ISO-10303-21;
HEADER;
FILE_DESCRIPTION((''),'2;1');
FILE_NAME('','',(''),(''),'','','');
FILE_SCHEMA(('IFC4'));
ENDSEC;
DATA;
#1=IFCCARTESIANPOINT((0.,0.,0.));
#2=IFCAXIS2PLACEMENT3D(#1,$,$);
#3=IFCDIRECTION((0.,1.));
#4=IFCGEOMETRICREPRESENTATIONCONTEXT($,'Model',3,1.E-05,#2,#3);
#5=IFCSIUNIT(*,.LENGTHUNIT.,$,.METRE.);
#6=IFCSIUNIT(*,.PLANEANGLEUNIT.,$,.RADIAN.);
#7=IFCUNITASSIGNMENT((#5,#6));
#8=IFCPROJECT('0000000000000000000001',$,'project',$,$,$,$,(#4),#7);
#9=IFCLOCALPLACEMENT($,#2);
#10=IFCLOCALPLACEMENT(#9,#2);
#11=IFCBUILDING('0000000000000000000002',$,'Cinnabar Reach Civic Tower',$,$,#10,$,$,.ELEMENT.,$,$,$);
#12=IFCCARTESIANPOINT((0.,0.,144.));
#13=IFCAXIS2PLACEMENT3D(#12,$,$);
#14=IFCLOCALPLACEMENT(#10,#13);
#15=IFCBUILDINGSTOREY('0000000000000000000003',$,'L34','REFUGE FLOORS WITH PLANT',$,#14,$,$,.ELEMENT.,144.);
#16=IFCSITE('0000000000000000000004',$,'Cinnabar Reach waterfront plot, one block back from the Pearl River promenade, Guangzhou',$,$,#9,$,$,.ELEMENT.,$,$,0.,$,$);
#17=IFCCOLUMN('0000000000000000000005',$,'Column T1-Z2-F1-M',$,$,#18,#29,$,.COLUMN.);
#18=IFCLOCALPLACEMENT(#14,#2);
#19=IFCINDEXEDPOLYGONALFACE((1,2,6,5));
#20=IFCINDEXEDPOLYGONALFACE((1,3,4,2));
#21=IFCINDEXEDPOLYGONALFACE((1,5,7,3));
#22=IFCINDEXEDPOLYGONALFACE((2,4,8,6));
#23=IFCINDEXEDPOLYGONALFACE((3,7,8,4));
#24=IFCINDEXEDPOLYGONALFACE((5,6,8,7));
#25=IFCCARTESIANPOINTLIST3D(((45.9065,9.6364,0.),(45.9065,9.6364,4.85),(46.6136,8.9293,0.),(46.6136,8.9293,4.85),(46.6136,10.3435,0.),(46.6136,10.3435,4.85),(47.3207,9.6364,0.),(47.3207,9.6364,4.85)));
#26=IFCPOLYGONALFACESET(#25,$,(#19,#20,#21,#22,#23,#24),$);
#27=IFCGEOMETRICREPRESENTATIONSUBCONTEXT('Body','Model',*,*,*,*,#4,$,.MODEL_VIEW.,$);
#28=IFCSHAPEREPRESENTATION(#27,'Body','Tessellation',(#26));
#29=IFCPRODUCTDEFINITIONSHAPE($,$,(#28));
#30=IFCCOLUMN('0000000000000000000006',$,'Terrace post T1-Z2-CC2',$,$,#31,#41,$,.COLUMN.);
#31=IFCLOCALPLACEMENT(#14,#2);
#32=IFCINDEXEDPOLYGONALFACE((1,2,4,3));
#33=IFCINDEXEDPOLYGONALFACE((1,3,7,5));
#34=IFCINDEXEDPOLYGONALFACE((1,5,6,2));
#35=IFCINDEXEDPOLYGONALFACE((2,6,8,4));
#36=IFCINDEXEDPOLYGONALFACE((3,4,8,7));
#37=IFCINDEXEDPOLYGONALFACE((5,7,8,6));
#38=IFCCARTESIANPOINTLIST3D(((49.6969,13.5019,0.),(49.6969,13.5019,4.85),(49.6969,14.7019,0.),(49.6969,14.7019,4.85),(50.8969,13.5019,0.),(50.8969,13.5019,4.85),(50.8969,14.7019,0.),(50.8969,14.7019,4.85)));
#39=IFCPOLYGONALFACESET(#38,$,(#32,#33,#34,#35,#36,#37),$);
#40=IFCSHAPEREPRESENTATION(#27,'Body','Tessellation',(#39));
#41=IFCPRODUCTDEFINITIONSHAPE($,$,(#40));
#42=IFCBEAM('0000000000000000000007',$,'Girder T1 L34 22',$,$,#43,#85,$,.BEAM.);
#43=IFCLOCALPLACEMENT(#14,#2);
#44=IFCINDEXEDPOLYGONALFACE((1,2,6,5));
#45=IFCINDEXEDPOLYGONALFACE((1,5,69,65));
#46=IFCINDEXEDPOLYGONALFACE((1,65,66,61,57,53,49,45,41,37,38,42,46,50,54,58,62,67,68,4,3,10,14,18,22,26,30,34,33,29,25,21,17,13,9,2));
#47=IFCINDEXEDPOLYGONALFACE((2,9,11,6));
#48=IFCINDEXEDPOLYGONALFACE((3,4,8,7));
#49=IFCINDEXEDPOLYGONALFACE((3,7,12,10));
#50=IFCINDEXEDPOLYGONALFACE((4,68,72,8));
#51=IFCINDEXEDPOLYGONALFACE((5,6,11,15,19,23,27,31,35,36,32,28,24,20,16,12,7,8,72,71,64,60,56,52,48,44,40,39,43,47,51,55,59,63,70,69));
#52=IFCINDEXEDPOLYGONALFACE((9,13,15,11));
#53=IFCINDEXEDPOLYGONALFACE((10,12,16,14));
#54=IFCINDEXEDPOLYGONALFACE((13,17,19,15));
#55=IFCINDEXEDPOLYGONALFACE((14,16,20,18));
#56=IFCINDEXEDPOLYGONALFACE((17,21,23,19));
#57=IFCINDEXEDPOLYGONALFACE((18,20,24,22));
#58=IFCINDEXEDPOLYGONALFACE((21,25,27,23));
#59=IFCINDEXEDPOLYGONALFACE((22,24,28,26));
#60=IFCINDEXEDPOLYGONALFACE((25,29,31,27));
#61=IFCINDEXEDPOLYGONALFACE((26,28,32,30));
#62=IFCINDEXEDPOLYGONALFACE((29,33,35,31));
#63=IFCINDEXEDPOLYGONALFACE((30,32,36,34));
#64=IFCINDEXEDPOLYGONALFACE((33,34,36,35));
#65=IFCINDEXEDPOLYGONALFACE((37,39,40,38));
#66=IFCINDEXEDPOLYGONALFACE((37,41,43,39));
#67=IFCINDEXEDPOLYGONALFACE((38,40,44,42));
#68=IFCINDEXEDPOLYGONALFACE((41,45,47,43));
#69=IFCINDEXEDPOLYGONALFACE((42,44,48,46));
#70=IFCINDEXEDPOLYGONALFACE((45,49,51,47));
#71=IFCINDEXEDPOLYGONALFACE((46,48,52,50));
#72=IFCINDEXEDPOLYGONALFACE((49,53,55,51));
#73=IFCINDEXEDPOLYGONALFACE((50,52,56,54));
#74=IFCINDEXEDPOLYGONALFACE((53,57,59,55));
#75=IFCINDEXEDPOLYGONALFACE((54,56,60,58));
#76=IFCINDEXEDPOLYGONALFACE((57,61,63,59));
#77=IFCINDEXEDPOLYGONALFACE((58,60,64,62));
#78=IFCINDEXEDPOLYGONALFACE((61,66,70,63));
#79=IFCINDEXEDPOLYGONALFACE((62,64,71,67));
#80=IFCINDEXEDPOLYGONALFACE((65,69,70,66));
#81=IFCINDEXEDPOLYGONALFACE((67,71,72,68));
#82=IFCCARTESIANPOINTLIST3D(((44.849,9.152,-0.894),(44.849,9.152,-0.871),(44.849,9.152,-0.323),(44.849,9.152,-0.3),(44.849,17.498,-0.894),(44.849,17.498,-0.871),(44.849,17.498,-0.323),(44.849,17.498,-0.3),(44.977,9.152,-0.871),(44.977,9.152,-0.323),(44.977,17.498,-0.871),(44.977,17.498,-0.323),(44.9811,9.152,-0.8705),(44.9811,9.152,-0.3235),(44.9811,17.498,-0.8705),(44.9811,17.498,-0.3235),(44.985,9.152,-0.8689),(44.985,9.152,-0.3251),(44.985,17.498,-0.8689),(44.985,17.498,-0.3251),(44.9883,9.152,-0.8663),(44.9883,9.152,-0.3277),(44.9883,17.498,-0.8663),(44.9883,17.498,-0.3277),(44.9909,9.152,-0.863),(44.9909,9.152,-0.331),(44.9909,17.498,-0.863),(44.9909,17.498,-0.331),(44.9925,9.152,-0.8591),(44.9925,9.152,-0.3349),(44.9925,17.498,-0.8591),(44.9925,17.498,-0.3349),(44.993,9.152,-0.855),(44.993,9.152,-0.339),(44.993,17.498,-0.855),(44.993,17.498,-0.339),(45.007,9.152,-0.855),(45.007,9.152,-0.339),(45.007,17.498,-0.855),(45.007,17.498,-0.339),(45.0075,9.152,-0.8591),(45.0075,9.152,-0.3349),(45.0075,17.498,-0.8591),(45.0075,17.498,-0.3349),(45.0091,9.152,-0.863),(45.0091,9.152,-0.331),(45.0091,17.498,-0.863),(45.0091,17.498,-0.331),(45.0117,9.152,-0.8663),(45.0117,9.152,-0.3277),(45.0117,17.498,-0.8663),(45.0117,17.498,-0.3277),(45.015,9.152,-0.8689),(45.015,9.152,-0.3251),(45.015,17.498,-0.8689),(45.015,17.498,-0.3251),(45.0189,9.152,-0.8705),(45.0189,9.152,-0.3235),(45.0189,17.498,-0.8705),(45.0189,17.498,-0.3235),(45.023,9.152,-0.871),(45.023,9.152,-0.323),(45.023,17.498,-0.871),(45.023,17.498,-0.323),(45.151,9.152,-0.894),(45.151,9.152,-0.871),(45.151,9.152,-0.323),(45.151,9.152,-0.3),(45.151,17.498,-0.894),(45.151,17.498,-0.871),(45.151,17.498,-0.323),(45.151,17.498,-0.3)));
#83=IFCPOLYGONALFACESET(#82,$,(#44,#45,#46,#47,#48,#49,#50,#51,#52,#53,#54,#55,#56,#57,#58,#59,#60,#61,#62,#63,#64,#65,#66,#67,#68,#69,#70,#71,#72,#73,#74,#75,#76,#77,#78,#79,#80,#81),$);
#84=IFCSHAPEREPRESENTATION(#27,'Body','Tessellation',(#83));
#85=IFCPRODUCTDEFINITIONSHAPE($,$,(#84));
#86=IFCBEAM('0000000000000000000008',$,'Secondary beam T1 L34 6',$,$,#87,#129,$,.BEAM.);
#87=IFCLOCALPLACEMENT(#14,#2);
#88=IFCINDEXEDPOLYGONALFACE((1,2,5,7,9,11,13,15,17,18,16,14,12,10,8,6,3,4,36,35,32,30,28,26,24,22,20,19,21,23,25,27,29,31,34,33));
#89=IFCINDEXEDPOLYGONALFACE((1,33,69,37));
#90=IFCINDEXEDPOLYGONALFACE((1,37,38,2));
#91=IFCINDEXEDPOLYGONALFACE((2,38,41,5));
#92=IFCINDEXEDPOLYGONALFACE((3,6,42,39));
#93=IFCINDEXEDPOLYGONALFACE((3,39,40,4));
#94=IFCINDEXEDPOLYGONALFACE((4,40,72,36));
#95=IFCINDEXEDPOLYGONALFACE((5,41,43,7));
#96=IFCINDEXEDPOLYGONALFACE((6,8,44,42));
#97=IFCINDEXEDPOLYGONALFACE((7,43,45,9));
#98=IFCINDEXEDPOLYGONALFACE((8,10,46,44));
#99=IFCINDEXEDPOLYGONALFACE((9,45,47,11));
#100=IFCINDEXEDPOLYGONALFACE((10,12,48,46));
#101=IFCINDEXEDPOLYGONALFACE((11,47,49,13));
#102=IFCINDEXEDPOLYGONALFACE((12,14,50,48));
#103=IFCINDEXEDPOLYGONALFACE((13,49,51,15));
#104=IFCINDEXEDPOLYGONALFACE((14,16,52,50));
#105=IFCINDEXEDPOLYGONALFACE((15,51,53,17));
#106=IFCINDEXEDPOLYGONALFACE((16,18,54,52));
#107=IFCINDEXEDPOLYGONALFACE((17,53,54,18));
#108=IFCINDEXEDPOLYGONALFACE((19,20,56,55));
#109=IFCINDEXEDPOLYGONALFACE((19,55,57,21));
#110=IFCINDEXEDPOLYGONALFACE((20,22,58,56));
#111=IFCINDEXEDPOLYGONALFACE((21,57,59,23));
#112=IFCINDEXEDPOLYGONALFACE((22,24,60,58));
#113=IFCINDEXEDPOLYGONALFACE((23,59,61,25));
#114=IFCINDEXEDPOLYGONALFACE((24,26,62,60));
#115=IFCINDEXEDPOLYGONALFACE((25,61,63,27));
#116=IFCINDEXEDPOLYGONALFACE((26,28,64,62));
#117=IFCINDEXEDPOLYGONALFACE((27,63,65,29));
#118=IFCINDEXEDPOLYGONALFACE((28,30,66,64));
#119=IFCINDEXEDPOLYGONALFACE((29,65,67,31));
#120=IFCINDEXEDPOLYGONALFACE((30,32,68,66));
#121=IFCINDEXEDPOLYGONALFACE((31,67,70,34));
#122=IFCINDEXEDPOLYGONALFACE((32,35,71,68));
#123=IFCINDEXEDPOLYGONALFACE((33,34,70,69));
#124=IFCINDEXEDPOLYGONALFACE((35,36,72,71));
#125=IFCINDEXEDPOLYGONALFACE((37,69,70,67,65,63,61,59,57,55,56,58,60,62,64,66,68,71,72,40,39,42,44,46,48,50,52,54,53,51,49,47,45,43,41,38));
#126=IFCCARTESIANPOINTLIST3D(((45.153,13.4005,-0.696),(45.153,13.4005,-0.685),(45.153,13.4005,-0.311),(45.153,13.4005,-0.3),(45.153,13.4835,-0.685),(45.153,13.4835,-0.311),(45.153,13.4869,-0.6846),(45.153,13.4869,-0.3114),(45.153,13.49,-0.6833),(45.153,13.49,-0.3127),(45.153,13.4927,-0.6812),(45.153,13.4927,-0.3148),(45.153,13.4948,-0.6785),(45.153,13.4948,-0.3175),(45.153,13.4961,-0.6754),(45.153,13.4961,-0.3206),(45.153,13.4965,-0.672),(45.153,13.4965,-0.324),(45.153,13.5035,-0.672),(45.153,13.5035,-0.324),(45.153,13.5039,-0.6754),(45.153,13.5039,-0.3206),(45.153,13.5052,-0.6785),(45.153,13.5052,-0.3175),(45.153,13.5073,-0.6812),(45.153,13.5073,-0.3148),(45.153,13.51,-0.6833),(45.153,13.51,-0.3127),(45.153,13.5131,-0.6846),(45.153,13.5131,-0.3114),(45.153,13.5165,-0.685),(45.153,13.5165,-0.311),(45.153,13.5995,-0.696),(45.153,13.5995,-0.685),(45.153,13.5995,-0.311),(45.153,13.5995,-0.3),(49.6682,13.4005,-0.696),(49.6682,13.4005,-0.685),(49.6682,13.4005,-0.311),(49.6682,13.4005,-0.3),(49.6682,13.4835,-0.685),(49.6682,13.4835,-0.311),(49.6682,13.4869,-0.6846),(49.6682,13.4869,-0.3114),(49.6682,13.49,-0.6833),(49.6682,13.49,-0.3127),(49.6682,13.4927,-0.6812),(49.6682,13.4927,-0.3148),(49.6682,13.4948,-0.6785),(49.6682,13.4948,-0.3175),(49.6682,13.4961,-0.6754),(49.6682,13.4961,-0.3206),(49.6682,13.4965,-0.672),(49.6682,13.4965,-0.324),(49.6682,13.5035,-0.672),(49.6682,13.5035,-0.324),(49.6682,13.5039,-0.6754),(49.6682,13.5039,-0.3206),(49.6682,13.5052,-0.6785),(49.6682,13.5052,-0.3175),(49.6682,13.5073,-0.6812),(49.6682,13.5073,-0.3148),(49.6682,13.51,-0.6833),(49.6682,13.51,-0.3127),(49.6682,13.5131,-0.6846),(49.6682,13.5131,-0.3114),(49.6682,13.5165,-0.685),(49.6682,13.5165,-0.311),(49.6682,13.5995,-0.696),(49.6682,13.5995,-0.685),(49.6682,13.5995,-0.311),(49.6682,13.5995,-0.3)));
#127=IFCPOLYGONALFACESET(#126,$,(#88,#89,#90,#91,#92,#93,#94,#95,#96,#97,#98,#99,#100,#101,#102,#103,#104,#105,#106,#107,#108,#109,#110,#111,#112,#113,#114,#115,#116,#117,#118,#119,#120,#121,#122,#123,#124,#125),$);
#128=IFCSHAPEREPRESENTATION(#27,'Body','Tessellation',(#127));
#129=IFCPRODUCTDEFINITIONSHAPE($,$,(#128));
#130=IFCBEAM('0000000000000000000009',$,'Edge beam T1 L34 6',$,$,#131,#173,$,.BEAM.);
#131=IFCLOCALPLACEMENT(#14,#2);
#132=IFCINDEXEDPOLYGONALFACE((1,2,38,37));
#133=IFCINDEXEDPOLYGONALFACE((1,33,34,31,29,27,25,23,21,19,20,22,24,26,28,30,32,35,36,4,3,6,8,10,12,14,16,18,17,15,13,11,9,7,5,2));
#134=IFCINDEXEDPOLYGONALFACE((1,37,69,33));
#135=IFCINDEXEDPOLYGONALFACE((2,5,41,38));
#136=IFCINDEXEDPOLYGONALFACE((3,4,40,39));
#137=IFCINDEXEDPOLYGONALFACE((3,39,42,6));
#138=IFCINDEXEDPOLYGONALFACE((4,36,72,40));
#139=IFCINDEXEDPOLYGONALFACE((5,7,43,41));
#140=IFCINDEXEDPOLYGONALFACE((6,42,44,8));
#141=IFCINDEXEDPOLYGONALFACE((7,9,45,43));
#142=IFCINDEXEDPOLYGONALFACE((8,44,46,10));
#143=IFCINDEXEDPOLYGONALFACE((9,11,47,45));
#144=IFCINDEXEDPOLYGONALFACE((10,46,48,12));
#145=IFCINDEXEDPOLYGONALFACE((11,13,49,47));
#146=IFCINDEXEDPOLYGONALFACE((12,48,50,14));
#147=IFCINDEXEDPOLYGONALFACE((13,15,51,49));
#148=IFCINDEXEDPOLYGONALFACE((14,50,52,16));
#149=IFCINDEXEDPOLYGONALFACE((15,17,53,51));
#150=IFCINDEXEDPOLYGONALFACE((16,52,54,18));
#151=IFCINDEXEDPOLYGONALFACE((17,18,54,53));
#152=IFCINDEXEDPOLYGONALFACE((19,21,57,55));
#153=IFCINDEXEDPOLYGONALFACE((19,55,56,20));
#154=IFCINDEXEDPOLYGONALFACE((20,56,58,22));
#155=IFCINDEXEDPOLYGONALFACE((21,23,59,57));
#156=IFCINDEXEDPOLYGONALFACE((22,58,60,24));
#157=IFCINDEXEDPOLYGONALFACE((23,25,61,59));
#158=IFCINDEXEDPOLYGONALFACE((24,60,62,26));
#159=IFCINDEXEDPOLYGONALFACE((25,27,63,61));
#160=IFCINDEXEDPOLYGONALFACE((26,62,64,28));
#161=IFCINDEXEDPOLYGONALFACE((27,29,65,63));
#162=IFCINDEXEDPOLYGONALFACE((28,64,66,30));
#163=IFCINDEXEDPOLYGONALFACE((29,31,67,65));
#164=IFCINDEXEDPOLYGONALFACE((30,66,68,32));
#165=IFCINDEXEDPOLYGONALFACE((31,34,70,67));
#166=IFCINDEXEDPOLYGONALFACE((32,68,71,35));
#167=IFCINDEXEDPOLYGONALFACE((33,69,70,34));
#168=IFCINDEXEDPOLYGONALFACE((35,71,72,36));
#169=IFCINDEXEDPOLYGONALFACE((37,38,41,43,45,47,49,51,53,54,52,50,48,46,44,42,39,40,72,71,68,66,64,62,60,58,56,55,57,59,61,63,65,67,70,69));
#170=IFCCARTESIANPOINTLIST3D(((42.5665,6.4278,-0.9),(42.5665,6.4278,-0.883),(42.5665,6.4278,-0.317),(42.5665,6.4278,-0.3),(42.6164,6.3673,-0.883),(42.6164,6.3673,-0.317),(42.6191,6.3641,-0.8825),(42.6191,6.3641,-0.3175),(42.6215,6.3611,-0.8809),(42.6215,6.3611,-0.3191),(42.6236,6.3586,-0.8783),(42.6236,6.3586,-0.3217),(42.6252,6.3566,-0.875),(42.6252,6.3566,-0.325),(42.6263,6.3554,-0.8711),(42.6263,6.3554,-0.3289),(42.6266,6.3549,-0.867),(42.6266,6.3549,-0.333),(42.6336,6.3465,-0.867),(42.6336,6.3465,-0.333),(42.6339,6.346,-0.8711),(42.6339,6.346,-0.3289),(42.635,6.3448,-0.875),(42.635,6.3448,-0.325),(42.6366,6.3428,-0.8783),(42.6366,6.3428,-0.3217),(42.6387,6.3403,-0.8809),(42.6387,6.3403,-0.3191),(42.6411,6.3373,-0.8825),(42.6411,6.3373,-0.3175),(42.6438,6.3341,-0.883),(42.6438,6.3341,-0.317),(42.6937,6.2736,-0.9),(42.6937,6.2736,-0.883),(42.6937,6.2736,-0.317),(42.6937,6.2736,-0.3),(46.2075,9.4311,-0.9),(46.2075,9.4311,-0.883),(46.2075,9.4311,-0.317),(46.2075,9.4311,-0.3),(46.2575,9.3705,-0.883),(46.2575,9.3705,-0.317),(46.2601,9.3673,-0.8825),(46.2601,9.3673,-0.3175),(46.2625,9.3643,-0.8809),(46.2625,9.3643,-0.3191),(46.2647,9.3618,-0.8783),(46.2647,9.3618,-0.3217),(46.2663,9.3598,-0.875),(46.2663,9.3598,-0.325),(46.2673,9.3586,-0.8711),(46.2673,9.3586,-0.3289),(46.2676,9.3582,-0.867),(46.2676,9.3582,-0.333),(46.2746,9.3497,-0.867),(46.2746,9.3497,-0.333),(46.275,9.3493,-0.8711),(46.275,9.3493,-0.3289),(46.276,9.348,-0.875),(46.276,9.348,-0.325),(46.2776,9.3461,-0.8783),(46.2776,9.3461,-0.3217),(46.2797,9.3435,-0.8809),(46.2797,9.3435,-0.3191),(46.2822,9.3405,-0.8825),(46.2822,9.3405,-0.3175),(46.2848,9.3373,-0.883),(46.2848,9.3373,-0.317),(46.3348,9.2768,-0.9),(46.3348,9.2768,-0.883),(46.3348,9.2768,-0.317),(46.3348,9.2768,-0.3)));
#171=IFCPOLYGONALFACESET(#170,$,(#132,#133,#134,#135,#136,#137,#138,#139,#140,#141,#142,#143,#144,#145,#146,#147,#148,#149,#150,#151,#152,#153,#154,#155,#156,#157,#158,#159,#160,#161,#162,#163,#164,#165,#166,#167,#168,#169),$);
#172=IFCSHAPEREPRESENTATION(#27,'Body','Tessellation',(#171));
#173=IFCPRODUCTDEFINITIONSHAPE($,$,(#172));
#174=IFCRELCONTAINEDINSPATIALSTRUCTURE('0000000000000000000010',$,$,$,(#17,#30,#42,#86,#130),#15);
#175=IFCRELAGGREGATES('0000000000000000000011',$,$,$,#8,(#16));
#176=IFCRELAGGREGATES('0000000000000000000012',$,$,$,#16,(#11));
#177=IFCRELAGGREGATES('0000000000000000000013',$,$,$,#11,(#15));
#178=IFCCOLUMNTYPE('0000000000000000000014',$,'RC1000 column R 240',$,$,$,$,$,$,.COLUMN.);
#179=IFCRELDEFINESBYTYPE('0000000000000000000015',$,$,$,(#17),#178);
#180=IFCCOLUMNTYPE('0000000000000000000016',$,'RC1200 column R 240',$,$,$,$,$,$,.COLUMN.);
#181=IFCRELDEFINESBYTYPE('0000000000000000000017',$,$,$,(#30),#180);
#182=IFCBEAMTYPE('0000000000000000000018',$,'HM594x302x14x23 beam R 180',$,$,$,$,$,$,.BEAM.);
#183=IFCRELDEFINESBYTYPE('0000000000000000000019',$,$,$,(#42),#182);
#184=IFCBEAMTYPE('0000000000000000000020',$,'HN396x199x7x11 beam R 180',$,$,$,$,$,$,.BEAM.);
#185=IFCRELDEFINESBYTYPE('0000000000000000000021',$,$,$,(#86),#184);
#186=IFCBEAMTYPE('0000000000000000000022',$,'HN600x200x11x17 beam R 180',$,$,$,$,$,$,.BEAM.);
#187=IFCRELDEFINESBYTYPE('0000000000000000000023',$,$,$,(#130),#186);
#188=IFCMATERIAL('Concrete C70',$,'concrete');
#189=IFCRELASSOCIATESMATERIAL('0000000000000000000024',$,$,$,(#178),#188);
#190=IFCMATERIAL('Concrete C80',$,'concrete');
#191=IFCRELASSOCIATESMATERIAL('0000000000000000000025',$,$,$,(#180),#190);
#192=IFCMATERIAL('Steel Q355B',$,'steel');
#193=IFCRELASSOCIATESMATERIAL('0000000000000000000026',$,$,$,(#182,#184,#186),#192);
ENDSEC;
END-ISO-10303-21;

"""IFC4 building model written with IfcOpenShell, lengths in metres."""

from ifc_helpers import new_model, si_unit, direction, frame, origin, origin_2d, place, context, subcontext, project, spatial, rectangle, i_section, extrude, material, material_profile, profile_set, type_object, element, save


model = new_model("IFC4")

# Units and contexts
model_context = context("Model", 3, precision=1e-05, world=origin(), true_north=direction((0.0, 1.0)))
body_context = subcontext(model_context, "Body", "Model", "MODEL_VIEW")
ifc_project = project(units=[si_unit("LENGTHUNIT", "METRE"), si_unit("PLANEANGLEUNIT", "RADIAN")], contexts=[model_context])

# Site, building, storey
site_placement = place(None, origin())
site = spatial("IfcSite", under=ifc_project, at=site_placement, Name="Cinnabar Reach waterfront plot, one block back from the Pearl River promenade, Guangzhou", CompositionType="ELEMENT", RefElevation=0.0)
building_placement = place(site_placement, origin())
building = spatial("IfcBuilding", under=site, at=building_placement, Name="Cinnabar Reach Civic Tower", CompositionType="ELEMENT")
storey_placement = place(building_placement, frame((0.0, 0.0, 144.0)))
storey = spatial("IfcBuildingStorey", under=building, at=storey_placement, Name="L34", Description="REFUGE FLOORS WITH PLANT", CompositionType="ELEMENT", Elevation=144.0)

# Columns
ifc_material_1 = material(Name="Concrete C70", Category="concrete")
ifc_material_profile_1 = material_profile(ifc_material_1, rectangle(XDim=1.0, YDim=1.0, at=origin_2d()), Name="RC1000")
ifc_profile_set_1 = profile_set([ifc_material_profile_1], Name="Concrete C70")
column_type_1 = type_object("IfcColumnType", Name="RC1000 column R 240", PredefinedType="COLUMN", material=ifc_profile_set_1)
column_1_placement = place(storey_placement, frame((46.6136, 9.6364, 0.0), z_axis=(0.0, 0.0, 1.0), x_axis=(0.707107, 0.707107, 0.0)))
element("IfcColumn", 1, at=column_1_placement, inside=storey, type_object=column_type_1, Name="Column T1-Z2-F1-M", PredefinedType="COLUMN", context=body_context, shape_type="SweptSolid", body=[
    extrude(rectangle(XDim=1.0, YDim=1.0, at=origin_2d()), origin(), (0.0, 0.0, 1.0), 4.85),
])
ifc_material_2 = material(Name="Concrete C80", Category="concrete")
ifc_material_profile_2 = material_profile(ifc_material_2, rectangle(XDim=1.2, YDim=1.2, at=origin_2d()), Name="RC1200")
ifc_profile_set_2 = profile_set([ifc_material_profile_2], Name="Concrete C80")
column_type_2 = type_object("IfcColumnType", Name="RC1200 column R 240", PredefinedType="COLUMN", material=ifc_profile_set_2)
column_2_placement = place(storey_placement, frame((50.2969, 14.1019, 0.0), z_axis=(0.0, 0.0, 1.0), x_axis=(1.0, 0.0, 0.0)))
element("IfcColumn", 2, at=column_2_placement, inside=storey, type_object=column_type_2, Name="Terrace post T1-Z2-CC2", PredefinedType="COLUMN", context=body_context, shape_type="SweptSolid", body=[
    extrude(rectangle(XDim=1.2, YDim=1.2, at=origin_2d()), origin(), (0.0, 0.0, 1.0), 4.85),
])

# Beams
ifc_material_3 = material(Name="Steel Q355B", Category="steel")
ifc_material_profile_3 = material_profile(ifc_material_3, i_section(OverallWidth=0.302, OverallDepth=0.594, WebThickness=0.014, FlangeThickness=0.023, FilletRadius=0.016, at=origin_2d()), Name="HM594x302x14x23")
ifc_profile_set_3 = profile_set([ifc_material_profile_3], Name="Steel Q355B")
beam_type_1 = type_object("IfcBeamType", Name="HM594x302x14x23 beam R 180", PredefinedType="BEAM", material=ifc_profile_set_3)
beam_1_placement = place(storey_placement, frame((45.0, 9.152, -0.597), z_axis=(0.0, 1.0, 0.0), x_axis=(-1.0, 0.0, 0.0)))
element("IfcBeam", 3, at=beam_1_placement, inside=storey, type_object=beam_type_1, Name="Girder T1 L34 22", PredefinedType="BEAM", context=body_context, shape_type="SweptSolid", body=[
    extrude(i_section(OverallWidth=0.302, OverallDepth=0.594, WebThickness=0.014, FlangeThickness=0.023, FilletRadius=0.016, at=origin_2d()), origin(), (0.0, 0.0, 1.0), 8.346),
])
ifc_material_profile_4 = material_profile(ifc_material_3, i_section(OverallWidth=0.199, OverallDepth=0.396, WebThickness=0.007, FlangeThickness=0.011, FilletRadius=0.013, at=origin_2d()), Name="HN396x199x7x11")
ifc_profile_set_4 = profile_set([ifc_material_profile_4], Name="Steel Q355B")
beam_type_2 = type_object("IfcBeamType", Name="HN396x199x7x11 beam R 180", PredefinedType="BEAM", material=ifc_profile_set_4)
beam_2_placement = place(storey_placement, frame((45.153, 13.5, -0.498), z_axis=(1.0, 0.0, 0.0), x_axis=(0.0, 1.0, 0.0)))
element("IfcBeam", 4, at=beam_2_placement, inside=storey, type_object=beam_type_2, Name="Secondary beam T1 L34 6", PredefinedType="BEAM", context=body_context, shape_type="SweptSolid", body=[
    extrude(i_section(OverallWidth=0.199, OverallDepth=0.396, WebThickness=0.007, FlangeThickness=0.011, FilletRadius=0.013, at=origin_2d()), origin(), (0.0, 0.0, 1.0), 4.5152),
])
ifc_material_profile_5 = material_profile(ifc_material_3, i_section(OverallWidth=0.2, OverallDepth=0.6, WebThickness=0.011, FlangeThickness=0.017, FilletRadius=0.016, at=origin_2d()), Name="HN600x200x11x17")
ifc_profile_set_5 = profile_set([ifc_material_profile_5], Name="Steel Q355B")
beam_type_3 = type_object("IfcBeamType", Name="HN600x200x11x17 beam R 180", PredefinedType="BEAM", material=ifc_profile_set_5)
for number, where, z_axis, x_axis, name in (
    (5, (42.6301, 6.3507, -0.6), (0.771438, 0.636304, 0.0), (-0.636304, 0.771438, 0.0), "Edge beam T1 L34 6"),
):
    element("IfcBeam", number, at=place(storey_placement, frame(where, z_axis=z_axis, x_axis=x_axis)), inside=storey, type_object=beam_type_3, Name=name, PredefinedType="BEAM", context=body_context, shape_type="SweptSolid", body=[
        extrude(i_section(OverallWidth=0.2, OverallDepth=0.6, WebThickness=0.011, FlangeThickness=0.017, FilletRadius=0.016, at=origin_2d()), origin(), (0.0, 0.0, 1.0), 4.7198),
    ])

save(model, "model.ifc")
